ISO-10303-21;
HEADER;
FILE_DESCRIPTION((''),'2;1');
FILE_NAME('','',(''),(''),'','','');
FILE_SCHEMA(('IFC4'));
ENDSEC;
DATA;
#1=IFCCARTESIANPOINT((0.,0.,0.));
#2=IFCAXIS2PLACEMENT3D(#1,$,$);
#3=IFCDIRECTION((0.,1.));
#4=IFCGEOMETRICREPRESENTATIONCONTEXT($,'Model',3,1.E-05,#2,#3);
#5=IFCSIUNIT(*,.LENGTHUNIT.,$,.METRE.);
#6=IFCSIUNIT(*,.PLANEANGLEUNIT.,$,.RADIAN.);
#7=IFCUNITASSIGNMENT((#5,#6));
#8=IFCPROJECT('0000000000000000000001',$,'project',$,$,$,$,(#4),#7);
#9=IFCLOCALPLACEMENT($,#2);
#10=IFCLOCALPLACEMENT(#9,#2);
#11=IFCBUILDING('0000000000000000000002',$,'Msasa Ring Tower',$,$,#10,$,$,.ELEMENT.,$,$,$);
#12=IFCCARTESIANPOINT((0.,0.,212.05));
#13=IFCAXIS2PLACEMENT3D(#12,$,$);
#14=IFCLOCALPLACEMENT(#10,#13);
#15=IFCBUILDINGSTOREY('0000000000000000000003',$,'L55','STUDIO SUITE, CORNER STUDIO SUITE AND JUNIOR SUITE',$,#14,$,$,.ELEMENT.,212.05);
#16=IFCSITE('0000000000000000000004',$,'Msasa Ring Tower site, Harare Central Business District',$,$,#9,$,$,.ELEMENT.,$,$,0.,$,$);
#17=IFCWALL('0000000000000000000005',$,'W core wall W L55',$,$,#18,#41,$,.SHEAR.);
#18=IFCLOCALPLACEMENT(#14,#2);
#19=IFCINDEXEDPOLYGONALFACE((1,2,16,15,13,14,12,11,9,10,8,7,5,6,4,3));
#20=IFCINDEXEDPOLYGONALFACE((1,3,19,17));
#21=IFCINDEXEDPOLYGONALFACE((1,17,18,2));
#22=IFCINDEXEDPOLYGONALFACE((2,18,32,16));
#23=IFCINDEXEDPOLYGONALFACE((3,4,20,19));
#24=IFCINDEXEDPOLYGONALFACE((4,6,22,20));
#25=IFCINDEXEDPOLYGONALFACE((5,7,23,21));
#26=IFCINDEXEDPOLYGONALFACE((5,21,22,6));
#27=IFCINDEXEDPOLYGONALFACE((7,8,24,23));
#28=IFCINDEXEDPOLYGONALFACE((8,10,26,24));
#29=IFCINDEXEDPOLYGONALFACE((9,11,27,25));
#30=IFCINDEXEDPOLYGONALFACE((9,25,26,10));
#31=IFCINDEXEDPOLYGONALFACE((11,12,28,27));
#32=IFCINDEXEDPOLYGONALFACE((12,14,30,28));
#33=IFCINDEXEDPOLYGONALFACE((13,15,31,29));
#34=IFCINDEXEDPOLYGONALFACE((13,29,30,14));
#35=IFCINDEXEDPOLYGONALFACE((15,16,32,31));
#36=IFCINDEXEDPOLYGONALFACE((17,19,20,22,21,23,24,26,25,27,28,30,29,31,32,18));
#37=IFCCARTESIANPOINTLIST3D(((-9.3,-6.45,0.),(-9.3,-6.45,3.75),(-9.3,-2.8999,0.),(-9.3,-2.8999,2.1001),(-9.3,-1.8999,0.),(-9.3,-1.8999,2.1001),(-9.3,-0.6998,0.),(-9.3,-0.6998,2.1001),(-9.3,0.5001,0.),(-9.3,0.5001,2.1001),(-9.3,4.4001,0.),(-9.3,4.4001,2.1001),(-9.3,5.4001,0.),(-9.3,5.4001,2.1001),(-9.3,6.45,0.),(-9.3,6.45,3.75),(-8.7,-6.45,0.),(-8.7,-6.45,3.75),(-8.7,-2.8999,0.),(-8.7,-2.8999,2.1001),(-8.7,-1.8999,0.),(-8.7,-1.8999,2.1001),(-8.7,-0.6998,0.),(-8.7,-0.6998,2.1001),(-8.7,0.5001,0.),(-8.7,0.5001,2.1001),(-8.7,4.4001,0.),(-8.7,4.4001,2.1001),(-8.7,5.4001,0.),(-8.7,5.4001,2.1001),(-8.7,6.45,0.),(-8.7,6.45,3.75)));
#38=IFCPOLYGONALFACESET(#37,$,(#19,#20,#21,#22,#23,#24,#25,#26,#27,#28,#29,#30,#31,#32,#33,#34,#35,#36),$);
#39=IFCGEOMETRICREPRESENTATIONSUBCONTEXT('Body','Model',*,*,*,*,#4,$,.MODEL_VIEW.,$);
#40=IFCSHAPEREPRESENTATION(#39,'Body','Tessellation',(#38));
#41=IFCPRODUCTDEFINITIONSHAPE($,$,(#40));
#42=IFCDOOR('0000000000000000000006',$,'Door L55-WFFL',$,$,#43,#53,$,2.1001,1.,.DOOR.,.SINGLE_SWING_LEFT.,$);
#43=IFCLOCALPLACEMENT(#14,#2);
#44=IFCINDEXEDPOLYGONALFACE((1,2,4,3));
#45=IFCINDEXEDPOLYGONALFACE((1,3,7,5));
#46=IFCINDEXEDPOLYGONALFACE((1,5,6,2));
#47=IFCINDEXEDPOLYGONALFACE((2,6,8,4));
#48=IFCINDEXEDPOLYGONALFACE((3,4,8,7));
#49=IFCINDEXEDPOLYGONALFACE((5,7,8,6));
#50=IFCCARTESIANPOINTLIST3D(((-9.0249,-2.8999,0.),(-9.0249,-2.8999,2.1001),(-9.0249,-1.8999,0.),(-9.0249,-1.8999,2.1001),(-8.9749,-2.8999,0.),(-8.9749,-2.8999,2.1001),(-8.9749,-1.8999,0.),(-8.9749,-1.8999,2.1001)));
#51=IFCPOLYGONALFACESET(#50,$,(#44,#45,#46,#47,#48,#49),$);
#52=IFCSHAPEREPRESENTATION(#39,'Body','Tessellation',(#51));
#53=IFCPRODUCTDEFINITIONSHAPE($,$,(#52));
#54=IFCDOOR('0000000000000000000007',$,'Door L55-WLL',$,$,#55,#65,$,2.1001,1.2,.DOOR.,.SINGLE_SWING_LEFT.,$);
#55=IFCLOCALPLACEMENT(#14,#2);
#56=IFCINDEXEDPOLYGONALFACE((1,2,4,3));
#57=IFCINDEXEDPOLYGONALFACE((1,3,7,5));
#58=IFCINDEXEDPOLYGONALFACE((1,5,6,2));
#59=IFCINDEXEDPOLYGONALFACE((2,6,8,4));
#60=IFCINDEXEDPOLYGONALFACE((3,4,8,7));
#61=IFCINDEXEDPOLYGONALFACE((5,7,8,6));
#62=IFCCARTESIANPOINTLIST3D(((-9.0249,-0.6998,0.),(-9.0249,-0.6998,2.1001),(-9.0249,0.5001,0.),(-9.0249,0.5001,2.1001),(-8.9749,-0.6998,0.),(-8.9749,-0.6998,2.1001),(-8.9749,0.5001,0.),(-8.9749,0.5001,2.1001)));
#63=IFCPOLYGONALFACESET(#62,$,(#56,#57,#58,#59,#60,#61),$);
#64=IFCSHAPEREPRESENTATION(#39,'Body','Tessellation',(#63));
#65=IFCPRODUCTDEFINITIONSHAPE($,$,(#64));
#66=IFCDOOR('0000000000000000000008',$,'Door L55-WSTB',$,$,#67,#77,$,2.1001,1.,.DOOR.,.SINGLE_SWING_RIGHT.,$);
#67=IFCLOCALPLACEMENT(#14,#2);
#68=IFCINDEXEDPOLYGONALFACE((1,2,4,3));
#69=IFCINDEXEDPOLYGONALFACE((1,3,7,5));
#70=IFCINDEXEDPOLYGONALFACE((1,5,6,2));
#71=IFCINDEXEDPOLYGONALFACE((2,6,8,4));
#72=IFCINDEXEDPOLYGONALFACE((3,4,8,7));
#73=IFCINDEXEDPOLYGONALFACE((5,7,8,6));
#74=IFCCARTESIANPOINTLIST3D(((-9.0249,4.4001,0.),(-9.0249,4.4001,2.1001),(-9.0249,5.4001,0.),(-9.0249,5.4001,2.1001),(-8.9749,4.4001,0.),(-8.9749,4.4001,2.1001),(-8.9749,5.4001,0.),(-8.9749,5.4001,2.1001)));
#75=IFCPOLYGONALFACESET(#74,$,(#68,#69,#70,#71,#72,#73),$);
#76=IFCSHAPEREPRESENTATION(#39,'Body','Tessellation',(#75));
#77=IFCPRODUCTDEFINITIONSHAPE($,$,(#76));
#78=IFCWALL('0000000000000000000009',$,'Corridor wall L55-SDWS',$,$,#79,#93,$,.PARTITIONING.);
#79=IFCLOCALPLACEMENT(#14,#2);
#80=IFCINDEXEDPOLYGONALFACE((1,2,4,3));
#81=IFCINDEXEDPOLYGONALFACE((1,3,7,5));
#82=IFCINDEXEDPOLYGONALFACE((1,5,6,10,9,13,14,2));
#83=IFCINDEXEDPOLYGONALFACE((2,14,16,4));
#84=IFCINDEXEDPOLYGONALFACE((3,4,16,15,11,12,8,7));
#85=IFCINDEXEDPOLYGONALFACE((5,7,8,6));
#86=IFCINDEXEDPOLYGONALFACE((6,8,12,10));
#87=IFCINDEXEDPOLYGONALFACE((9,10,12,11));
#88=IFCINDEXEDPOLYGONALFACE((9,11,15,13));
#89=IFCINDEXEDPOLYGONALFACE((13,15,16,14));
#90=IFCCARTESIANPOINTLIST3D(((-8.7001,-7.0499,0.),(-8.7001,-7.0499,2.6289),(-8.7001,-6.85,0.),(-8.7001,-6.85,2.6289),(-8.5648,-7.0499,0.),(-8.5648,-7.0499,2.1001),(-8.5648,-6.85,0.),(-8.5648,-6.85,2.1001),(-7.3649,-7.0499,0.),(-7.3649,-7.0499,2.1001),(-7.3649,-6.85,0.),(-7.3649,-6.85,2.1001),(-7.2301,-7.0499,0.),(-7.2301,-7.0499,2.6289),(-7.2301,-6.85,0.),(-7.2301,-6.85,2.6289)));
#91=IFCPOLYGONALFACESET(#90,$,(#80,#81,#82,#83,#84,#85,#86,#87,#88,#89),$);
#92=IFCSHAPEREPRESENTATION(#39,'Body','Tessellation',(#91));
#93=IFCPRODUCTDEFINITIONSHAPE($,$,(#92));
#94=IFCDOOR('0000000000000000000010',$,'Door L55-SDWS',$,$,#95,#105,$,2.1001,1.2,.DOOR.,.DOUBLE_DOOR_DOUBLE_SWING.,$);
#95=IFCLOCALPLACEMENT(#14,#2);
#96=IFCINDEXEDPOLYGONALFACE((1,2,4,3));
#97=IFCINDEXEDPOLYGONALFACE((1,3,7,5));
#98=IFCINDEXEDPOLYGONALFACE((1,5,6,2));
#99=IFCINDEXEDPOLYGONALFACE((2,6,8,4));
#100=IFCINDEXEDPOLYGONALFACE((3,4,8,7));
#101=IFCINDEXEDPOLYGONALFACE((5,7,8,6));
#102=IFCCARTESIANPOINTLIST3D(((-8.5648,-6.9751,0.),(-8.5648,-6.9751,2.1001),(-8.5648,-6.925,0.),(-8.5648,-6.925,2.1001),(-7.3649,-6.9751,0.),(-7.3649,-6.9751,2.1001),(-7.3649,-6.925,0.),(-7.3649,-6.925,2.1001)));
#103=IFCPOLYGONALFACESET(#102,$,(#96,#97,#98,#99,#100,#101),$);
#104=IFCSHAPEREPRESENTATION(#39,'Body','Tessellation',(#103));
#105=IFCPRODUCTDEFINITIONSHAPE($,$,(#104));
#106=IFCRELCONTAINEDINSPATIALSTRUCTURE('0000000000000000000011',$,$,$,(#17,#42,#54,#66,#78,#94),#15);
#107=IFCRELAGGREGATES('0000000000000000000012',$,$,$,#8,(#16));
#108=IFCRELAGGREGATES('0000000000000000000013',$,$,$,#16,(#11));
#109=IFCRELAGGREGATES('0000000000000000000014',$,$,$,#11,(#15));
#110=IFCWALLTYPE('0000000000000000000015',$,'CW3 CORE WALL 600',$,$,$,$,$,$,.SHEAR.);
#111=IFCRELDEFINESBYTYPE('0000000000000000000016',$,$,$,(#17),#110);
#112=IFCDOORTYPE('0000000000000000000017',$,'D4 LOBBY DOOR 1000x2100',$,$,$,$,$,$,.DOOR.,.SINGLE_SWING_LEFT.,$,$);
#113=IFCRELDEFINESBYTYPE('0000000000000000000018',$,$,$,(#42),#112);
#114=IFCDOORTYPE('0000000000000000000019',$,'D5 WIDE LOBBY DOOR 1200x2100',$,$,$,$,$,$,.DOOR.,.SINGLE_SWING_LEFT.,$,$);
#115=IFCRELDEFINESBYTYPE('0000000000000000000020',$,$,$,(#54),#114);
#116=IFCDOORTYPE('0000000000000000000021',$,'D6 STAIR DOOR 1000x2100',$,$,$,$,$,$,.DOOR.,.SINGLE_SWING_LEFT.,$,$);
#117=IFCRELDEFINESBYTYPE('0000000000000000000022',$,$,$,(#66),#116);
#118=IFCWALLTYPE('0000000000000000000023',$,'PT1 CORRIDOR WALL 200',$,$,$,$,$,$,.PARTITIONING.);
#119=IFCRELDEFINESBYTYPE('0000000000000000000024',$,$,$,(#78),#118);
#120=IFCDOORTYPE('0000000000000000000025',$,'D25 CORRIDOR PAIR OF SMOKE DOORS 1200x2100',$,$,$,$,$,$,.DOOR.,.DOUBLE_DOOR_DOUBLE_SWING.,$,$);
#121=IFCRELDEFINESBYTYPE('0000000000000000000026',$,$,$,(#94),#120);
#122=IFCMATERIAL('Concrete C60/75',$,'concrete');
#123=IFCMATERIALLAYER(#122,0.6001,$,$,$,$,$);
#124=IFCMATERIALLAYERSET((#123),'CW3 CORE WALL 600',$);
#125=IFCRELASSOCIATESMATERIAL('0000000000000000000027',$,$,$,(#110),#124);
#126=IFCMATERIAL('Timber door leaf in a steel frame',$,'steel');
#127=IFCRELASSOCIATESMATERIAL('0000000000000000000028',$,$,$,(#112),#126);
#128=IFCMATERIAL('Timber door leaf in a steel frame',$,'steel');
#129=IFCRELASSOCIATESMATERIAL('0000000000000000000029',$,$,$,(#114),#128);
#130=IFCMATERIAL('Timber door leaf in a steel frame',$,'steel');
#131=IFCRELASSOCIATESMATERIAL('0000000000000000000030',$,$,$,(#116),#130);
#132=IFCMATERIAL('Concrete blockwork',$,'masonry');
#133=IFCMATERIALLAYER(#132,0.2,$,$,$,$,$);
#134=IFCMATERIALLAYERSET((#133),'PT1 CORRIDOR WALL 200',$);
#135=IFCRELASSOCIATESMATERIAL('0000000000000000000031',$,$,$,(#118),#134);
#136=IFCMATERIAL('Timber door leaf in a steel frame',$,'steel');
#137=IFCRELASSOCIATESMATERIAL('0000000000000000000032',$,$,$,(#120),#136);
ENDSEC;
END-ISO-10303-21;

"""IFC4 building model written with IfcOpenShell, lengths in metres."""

from ifc_helpers import new_model, si_unit, direction, frame, frame_2d, origin, place, context, subcontext, project, spatial, rectangle, extrude, material, layer, layer_set, type_object, element, fill, save


model = new_model("IFC4")

# Units and contexts
model_context = context("Model", 3, precision=1e-05, world=origin(), true_north=direction((0.0, 1.0)))
body_context = subcontext(model_context, "Body", "Model", "MODEL_VIEW")
ifc_project = project(units=[si_unit("LENGTHUNIT", "METRE"), si_unit("PLANEANGLEUNIT", "RADIAN")], contexts=[model_context])

# Site, building, storey
site_placement = place(None, origin())
site = spatial("IfcSite", under=ifc_project, at=site_placement, Name="Msasa Ring Tower site, Harare Central Business District", CompositionType="ELEMENT", RefElevation=0.0)
building_placement = place(site_placement, origin())
building = spatial("IfcBuilding", under=site, at=building_placement, Name="Msasa Ring Tower", CompositionType="ELEMENT")
storey_placement = place(building_placement, frame((0.0, 0.0, 212.05)))
storey = spatial("IfcBuildingStorey", under=building, at=storey_placement, Name="L55", Description="STUDIO SUITE, CORNER STUDIO SUITE AND JUNIOR SUITE", CompositionType="ELEMENT", Elevation=212.05)

# Shared definitions
ifc_material_1 = material(Name="Concrete C60/75", Category="concrete")
ifc_layer_1 = layer(ifc_material_1, 0.6001)
ifc_layer_set_1 = layer_set([ifc_layer_1], Name="CW3 CORE WALL 600")
wall_type_1 = type_object("IfcWallType", Name="CW3 CORE WALL 600", PredefinedType="SHEAR", material=ifc_layer_set_1)

# Wall, openings, doors
wall_1_placement = place(storey_placement, frame((-9.0, -6.45, 0.0), z_axis=(0.0, 0.0, 1.0), x_axis=(0.0, 1.0, 0.0)))
wall_1 = element("IfcWall", 1, at=wall_1_placement, inside=storey, type_object=wall_type_1, Name="W core wall W L55", PredefinedType="SHEAR", context=body_context, shape_type="SweptSolid", body=[
    extrude(rectangle(XDim=12.8999, YDim=0.6001, at=frame_2d((6.45, 0.0))), origin(), (0.0, 0.0, 1.0), 3.75),
])
opening_1_placement = place(wall_1_placement, frame((3.55, 0.0, 0.0)))
opening_1 = element("IfcOpeningElement", 2, at=opening_1_placement, cuts=wall_1, PredefinedType="OPENING", context=body_context, shape_type="SweptSolid", body=[
    extrude(rectangle(XDim=1.0, YDim=2.1001, at=frame_2d((0.5, 1.05))), frame((0.0, 0.3101, 0.0), z_axis=(0.0, -1.0, 0.0), x_axis=(1.0, 0.0, 0.0)), (0.0, 0.0, 1.0), 0.6201),
])
opening_2_placement = place(wall_1_placement, frame((5.75, 0.0, 0.0)))
opening_2 = element("IfcOpeningElement", 3, at=opening_2_placement, cuts=wall_1, PredefinedType="OPENING", context=body_context, shape_type="SweptSolid", body=[
    extrude(rectangle(XDim=1.2, YDim=2.1001, at=frame_2d((0.6001, 1.05))), frame((0.0, 0.3101, 0.0), z_axis=(0.0, -1.0, 0.0), x_axis=(1.0, 0.0, 0.0)), (0.0, 0.0, 1.0), 0.6201),
])
opening_3_placement = place(wall_1_placement, frame((10.8501, 0.0, 0.0)))
opening_3 = element("IfcOpeningElement", 4, at=opening_3_placement, cuts=wall_1, PredefinedType="OPENING", context=body_context, shape_type="SweptSolid", body=[
    extrude(rectangle(XDim=1.0, YDim=2.1001, at=frame_2d((0.5, 1.05))), frame((0.0, 0.3101, 0.0), z_axis=(0.0, -1.0, 0.0), x_axis=(1.0, 0.0, 0.0)), (0.0, 0.0, 1.0), 0.6201),
])
ifc_material_2 = material(Name="Timber door leaf in a steel frame", Category="steel")
door_type_1 = type_object("IfcDoorType", Name="D4 LOBBY DOOR 1000x2100", OperationType="SINGLE_SWING_LEFT", PredefinedType="DOOR", material=ifc_material_2)
door_1_placement = place(opening_1_placement, origin())
door_1 = element("IfcDoor", 5, at=door_1_placement, inside=storey, type_object=door_type_1, Name="Door L55-WFFL", OperationType="SINGLE_SWING_LEFT", OverallHeight=2.1001, OverallWidth=1.0, PredefinedType="DOOR", context=body_context, shape_type="SweptSolid", body=[
    extrude(rectangle(XDim=1.0, YDim=2.1001, at=frame_2d((0.5, 1.05))), frame((0.0, 0.0249, 0.0), z_axis=(0.0, -1.0, 0.0), x_axis=(1.0, 0.0, 0.0)), (0.0, 0.0, 1.0), 0.05),
])
fill(opening_1, door_1)
ifc_material_3 = material(Name="Timber door leaf in a steel frame", Category="steel")
door_type_2 = type_object("IfcDoorType", Name="D5 WIDE LOBBY DOOR 1200x2100", OperationType="SINGLE_SWING_LEFT", PredefinedType="DOOR", material=ifc_material_3)
door_2_placement = place(opening_2_placement, origin())
door_2 = element("IfcDoor", 6, at=door_2_placement, inside=storey, type_object=door_type_2, Name="Door L55-WLL", OperationType="SINGLE_SWING_LEFT", OverallHeight=2.1001, OverallWidth=1.2, PredefinedType="DOOR", context=body_context, shape_type="SweptSolid", body=[
    extrude(rectangle(XDim=1.2, YDim=2.1001, at=frame_2d((0.6001, 1.05))), frame((0.0, 0.0249, 0.0), z_axis=(0.0, -1.0, 0.0), x_axis=(1.0, 0.0, 0.0)), (0.0, 0.0, 1.0), 0.05),
])
fill(opening_2, door_2)
ifc_material_4 = material(Name="Timber door leaf in a steel frame", Category="steel")
door_type_3 = type_object("IfcDoorType", Name="D6 STAIR DOOR 1000x2100", OperationType="SINGLE_SWING_LEFT", PredefinedType="DOOR", material=ifc_material_4)
door_3_placement = place(opening_3_placement, origin())
door_3 = element("IfcDoor", 7, at=door_3_placement, inside=storey, type_object=door_type_3, Name="Door L55-WSTB", OperationType="SINGLE_SWING_RIGHT", OverallHeight=2.1001, OverallWidth=1.0, PredefinedType="DOOR", context=body_context, shape_type="SweptSolid", body=[
    extrude(rectangle(XDim=1.0, YDim=2.1001, at=frame_2d((0.5, 1.05))), frame((0.0, 0.0249, 0.0), z_axis=(0.0, -1.0, 0.0), x_axis=(1.0, 0.0, 0.0)), (0.0, 0.0, 1.0), 0.05),
])
fill(opening_3, door_3)

# Wall, opening, door
ifc_material_5 = material(Name="Concrete blockwork", Category="masonry")
ifc_layer_2 = layer(ifc_material_5, 0.2)
ifc_layer_set_2 = layer_set([ifc_layer_2], Name="PT1 CORRIDOR WALL 200")
wall_type_2 = type_object("IfcWallType", Name="PT1 CORRIDOR WALL 200", PredefinedType="PARTITIONING", material=ifc_layer_set_2)
wall_2_placement = place(storey_placement, frame((-8.7, -6.95, 0.0), z_axis=(0.0, 0.0, 1.0), x_axis=(1.0, 0.0, 0.0)))
wall_2 = element("IfcWall", 8, at=wall_2_placement, inside=storey, type_object=wall_type_2, Name="Corridor wall L55-SDWS", PredefinedType="PARTITIONING", context=body_context, shape_type="SweptSolid", body=[
    extrude(rectangle(XDim=1.47, YDim=0.2, at=frame_2d((0.7349, 0.0))), origin(), (0.0, 0.0, 1.0), 2.6289),
])
opening_4_placement = place(wall_2_placement, frame((0.135, 0.0, 0.0)))
opening_4 = element("IfcOpeningElement", 9, at=opening_4_placement, cuts=wall_2, PredefinedType="OPENING", context=body_context, shape_type="SweptSolid", body=[
    extrude(rectangle(XDim=1.2, YDim=2.1001, at=frame_2d((0.6001, 1.05))), frame((0.0, 0.1099, 0.0), z_axis=(0.0, -1.0, 0.0), x_axis=(1.0, 0.0, 0.0)), (0.0, 0.0, 1.0), 0.22),
])
ifc_material_6 = material(Name="Timber door leaf in a steel frame", Category="steel")
door_type_4 = type_object("IfcDoorType", Name="D25 CORRIDOR PAIR OF SMOKE DOORS 1200x2100", OperationType="DOUBLE_DOOR_DOUBLE_SWING", PredefinedType="DOOR", material=ifc_material_6)
door_4_placement = place(opening_4_placement, origin())
door_4 = element("IfcDoor", 10, at=door_4_placement, inside=storey, type_object=door_type_4, Name="Door L55-SDWS", OperationType="DOUBLE_DOOR_DOUBLE_SWING", OverallHeight=2.1001, OverallWidth=1.2, PredefinedType="DOOR", context=body_context, shape_type="SweptSolid", body=[
    extrude(rectangle(XDim=1.2, YDim=2.1001, at=frame_2d((0.6001, 1.05))), frame((0.0, 0.0249, 0.0), z_axis=(0.0, -1.0, 0.0), x_axis=(1.0, 0.0, 0.0)), (0.0, 0.0, 1.0), 0.05),
])
fill(opening_4, door_4)

save(model, "model.ifc")
